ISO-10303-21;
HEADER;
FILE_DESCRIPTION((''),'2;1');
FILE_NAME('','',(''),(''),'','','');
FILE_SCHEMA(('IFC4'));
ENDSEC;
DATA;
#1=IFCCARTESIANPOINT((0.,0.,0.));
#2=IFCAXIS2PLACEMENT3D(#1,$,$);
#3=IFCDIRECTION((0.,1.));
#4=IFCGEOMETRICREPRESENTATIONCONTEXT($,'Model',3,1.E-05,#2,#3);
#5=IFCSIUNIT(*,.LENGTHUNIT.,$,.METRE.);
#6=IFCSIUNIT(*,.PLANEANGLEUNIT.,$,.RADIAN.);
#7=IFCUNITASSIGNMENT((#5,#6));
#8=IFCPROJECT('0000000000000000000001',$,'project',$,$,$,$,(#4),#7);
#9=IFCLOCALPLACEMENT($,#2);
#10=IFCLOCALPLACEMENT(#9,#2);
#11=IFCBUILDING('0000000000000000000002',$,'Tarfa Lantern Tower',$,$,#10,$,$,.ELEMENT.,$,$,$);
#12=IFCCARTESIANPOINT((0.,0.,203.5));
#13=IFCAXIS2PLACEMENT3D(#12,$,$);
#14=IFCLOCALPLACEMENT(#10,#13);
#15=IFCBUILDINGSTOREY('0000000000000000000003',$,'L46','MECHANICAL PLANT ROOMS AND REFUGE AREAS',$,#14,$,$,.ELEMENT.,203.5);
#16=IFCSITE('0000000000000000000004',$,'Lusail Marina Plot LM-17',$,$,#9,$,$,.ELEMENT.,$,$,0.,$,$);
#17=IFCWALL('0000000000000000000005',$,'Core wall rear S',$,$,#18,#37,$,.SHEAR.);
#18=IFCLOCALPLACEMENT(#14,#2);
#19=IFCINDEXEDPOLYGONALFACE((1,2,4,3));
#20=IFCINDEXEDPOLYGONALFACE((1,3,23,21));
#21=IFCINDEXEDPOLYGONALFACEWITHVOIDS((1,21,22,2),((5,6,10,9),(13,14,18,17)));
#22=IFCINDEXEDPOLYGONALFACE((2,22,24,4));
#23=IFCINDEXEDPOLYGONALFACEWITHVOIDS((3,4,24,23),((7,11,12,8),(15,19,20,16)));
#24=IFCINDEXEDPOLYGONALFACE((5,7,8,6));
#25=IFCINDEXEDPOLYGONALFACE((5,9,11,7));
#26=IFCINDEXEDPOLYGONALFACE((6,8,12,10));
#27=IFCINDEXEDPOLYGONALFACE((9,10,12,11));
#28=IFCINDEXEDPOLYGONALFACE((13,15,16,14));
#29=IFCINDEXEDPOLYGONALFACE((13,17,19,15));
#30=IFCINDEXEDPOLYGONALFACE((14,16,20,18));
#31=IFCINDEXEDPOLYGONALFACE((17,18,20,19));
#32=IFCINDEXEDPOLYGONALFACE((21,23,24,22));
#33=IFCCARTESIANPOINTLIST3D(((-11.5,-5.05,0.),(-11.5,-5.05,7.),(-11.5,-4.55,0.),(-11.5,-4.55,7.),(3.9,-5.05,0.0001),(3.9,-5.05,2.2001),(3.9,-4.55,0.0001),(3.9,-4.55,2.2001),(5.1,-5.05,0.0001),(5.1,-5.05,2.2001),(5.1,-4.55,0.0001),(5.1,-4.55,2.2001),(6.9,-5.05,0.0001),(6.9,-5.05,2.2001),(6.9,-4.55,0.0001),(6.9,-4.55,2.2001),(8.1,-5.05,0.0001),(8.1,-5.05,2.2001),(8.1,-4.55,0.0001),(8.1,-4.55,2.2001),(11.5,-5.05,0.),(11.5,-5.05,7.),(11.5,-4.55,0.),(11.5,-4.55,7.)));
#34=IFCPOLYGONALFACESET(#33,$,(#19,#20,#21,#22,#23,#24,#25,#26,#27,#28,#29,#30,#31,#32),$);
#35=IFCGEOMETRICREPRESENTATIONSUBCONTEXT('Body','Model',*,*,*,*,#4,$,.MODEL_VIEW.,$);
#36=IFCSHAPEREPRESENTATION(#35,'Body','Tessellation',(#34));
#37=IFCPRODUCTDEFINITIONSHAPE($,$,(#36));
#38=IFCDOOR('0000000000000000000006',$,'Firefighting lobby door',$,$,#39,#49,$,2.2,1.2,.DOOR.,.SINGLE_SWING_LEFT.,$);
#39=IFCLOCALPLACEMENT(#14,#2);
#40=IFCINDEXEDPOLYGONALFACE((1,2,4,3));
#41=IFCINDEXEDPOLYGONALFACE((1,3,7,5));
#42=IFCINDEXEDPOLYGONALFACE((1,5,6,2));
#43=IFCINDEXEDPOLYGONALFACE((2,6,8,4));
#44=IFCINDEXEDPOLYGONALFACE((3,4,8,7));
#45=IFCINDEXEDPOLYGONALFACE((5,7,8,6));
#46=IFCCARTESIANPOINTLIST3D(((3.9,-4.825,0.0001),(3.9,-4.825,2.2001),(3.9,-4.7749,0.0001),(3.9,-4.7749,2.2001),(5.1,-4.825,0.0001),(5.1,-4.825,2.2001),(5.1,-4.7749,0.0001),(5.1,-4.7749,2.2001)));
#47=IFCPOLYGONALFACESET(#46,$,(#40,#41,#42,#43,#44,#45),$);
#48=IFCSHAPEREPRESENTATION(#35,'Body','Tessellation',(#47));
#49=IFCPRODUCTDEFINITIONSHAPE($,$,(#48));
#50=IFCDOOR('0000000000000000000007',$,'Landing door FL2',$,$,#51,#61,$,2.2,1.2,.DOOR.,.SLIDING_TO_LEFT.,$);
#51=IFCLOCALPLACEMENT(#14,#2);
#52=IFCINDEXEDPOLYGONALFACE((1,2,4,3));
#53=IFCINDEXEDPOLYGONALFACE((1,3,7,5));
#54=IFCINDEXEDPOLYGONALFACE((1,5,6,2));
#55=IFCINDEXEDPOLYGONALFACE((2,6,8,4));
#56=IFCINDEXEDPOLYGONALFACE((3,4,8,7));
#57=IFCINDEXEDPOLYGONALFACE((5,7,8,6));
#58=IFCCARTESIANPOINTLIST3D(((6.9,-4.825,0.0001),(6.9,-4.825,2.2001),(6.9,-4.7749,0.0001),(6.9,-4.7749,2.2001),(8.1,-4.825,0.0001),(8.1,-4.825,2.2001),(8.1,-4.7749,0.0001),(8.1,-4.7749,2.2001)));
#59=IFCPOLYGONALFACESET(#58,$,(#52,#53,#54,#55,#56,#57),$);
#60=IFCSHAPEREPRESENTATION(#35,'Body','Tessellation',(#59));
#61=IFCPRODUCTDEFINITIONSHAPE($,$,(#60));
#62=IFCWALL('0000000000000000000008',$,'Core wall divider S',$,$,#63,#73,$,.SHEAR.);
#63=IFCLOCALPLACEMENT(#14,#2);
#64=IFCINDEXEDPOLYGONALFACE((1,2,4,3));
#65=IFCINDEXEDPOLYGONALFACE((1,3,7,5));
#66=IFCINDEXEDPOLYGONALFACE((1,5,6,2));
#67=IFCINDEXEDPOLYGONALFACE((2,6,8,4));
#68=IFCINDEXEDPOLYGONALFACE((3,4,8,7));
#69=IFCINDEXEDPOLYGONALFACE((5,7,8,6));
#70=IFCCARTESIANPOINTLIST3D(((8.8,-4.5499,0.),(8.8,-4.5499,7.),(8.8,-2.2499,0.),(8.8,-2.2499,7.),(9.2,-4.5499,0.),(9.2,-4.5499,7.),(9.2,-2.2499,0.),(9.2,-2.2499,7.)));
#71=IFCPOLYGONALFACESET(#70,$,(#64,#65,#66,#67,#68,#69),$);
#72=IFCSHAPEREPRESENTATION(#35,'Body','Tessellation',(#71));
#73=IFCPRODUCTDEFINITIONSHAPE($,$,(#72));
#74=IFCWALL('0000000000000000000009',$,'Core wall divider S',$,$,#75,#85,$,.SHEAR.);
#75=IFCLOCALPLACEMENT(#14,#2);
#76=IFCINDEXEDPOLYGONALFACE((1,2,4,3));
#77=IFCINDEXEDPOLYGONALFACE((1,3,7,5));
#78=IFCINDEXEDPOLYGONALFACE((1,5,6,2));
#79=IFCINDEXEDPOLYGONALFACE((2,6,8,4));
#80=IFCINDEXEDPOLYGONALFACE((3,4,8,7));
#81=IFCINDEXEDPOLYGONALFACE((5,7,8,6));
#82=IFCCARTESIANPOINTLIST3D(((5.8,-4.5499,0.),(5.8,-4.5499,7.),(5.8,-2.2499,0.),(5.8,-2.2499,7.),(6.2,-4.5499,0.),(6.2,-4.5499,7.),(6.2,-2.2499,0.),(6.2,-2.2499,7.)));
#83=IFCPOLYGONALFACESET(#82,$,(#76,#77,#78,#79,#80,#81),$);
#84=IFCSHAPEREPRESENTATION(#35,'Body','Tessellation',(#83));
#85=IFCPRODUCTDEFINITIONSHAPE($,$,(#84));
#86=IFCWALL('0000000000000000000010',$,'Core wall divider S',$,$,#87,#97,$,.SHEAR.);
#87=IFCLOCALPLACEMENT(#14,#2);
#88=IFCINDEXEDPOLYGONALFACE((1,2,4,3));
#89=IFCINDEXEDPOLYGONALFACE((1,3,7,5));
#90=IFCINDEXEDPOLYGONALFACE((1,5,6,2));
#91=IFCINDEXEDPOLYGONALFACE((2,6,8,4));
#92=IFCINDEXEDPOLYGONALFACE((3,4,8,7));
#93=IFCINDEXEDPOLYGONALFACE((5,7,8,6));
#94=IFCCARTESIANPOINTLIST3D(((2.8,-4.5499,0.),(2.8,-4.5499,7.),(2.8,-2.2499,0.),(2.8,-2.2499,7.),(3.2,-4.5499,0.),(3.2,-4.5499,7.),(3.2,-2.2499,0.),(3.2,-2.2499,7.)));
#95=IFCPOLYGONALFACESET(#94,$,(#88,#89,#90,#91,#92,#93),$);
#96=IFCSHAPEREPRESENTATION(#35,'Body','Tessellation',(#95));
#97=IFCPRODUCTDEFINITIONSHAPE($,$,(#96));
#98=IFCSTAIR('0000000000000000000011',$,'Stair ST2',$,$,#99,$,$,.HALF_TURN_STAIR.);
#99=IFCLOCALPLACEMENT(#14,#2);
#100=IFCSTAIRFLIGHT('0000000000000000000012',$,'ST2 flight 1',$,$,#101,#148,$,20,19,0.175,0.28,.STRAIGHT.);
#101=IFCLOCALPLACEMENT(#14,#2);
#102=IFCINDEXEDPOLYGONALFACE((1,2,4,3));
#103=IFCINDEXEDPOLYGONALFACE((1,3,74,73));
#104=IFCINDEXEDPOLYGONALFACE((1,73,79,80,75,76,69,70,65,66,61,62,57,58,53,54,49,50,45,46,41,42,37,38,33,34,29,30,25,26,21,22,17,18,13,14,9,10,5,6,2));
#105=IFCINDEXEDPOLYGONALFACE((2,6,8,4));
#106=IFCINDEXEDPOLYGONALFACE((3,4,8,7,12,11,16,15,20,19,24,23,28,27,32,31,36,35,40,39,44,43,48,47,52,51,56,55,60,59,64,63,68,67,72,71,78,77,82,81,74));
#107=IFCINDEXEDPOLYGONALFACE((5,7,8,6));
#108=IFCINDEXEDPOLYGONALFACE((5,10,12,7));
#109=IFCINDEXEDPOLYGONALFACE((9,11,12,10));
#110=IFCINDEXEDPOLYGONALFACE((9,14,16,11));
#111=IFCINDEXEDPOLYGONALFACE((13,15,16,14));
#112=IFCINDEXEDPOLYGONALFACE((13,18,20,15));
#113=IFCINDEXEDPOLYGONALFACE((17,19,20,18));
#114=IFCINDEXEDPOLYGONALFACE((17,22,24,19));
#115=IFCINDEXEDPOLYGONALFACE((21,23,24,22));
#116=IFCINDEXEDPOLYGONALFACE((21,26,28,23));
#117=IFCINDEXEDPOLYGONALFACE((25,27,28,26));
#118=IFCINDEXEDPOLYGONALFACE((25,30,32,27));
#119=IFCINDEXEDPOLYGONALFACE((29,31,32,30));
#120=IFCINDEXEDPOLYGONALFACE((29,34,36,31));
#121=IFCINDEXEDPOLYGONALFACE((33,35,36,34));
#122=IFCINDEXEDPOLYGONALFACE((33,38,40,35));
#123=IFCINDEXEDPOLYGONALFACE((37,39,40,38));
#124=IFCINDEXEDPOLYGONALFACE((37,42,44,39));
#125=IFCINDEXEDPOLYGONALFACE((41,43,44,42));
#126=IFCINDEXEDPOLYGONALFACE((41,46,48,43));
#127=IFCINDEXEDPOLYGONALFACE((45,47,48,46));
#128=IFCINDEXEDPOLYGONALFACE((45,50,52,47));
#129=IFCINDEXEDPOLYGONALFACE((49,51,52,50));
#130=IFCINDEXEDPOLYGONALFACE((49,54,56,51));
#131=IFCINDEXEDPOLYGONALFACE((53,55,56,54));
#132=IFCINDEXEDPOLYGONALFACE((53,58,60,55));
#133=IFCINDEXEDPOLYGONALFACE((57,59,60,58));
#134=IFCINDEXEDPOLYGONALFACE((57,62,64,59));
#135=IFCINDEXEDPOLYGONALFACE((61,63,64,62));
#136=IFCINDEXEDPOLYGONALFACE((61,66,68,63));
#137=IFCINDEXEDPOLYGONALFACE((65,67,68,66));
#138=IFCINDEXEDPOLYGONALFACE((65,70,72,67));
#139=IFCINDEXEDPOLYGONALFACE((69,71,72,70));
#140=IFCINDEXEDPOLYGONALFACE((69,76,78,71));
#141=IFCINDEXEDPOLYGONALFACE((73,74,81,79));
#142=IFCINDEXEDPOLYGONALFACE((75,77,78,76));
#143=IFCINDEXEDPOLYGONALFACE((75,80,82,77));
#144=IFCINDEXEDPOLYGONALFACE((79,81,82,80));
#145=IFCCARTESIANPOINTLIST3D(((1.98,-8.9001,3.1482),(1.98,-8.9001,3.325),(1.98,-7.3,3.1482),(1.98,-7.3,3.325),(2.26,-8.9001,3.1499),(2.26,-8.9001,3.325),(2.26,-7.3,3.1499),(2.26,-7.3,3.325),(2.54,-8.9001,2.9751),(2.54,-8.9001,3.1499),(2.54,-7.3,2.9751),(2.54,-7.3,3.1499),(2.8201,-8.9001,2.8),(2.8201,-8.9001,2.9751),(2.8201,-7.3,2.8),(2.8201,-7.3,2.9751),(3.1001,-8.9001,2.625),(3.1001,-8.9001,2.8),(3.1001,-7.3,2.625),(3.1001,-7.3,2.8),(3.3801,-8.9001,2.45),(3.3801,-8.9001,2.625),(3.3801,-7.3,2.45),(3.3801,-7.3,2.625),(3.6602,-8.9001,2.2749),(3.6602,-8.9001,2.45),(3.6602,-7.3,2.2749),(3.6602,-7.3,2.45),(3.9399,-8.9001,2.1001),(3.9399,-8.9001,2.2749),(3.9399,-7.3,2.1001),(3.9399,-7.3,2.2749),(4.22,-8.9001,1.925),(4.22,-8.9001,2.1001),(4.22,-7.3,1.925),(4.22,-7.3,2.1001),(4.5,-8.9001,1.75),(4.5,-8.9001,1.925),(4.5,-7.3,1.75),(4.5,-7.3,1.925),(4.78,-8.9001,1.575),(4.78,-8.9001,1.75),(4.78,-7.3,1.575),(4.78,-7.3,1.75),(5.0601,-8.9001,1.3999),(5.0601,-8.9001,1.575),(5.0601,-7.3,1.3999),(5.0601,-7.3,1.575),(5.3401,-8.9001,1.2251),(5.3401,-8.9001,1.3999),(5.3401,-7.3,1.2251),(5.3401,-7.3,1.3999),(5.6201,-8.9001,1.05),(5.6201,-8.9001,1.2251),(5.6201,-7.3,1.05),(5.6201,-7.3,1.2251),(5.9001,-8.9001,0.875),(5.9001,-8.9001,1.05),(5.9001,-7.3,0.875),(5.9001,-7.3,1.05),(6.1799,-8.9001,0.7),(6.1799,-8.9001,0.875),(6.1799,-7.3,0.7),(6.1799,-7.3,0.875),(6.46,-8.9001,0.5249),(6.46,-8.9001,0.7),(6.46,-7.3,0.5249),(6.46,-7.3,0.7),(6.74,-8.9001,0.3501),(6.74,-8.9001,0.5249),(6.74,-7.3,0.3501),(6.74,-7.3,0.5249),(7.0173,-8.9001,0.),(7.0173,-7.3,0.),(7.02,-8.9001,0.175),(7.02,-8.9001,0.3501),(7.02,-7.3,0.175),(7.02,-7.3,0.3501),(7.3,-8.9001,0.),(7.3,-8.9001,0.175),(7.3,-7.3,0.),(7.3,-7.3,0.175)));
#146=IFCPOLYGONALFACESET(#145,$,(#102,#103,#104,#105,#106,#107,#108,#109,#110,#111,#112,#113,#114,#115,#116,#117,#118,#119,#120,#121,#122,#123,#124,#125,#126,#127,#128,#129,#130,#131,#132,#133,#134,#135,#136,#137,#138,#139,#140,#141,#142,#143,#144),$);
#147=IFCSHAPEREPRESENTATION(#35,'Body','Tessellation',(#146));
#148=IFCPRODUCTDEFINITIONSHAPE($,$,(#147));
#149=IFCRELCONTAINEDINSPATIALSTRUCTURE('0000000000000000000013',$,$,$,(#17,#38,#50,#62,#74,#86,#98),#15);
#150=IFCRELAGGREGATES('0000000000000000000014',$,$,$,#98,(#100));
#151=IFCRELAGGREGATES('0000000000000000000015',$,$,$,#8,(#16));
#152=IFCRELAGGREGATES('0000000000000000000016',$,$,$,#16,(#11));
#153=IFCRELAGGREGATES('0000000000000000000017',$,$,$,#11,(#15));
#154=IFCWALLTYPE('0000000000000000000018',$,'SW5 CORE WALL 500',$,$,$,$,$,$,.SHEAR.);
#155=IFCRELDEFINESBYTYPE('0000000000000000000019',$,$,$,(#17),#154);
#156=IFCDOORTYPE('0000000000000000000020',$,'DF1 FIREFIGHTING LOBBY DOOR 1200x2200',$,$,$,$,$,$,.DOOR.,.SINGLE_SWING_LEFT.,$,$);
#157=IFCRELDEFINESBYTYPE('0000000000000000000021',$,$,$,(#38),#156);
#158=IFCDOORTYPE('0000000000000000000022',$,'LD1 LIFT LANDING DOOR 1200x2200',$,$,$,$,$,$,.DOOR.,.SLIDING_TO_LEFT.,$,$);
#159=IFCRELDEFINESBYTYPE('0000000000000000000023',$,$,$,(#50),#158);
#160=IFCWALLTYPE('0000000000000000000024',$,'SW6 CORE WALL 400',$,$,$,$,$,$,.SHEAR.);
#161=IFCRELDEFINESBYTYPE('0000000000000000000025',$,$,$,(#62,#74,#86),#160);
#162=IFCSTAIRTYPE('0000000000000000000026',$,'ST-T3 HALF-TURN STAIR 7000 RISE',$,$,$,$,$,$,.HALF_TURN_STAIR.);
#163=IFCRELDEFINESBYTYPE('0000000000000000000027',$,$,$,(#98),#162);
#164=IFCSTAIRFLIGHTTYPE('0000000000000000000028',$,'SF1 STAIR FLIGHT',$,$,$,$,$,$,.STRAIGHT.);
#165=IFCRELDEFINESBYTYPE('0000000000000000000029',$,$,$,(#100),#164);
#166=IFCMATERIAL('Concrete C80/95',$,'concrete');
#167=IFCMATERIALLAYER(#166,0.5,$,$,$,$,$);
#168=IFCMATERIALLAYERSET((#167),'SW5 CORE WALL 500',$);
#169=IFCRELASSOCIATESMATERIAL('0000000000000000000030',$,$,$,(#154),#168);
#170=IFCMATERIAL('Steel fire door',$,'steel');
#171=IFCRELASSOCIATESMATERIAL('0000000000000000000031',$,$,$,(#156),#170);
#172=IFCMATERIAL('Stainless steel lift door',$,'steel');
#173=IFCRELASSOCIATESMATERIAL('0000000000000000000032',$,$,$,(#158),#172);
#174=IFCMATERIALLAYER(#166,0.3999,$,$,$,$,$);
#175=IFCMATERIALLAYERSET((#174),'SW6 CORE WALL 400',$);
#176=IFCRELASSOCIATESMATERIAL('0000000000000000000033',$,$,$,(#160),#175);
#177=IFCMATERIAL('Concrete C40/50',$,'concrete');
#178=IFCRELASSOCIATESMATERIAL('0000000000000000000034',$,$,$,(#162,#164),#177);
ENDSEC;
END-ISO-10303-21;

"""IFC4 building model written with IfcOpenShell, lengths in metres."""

from ifc_helpers import new_model, si_unit, direction, frame, frame_2d, origin, place, context, subcontext, project, spatial, polyline, rectangle, outline, extrude, material, layer, layer_set, type_object, element, fill, aggregate, save


model = new_model("IFC4")

# Units and contexts
model_context = context("Model", 3, precision=1e-05, world=origin(), true_north=direction((0.0, 1.0)))
body_context = subcontext(model_context, "Body", "Model", "MODEL_VIEW")
ifc_project = project(units=[si_unit("LENGTHUNIT", "METRE"), si_unit("PLANEANGLEUNIT", "RADIAN")], contexts=[model_context])

# Site, building, storey
site_placement = place(None, origin())
site = spatial("IfcSite", under=ifc_project, at=site_placement, Name="Lusail Marina Plot LM-17", CompositionType="ELEMENT", RefElevation=0.0)
building_placement = place(site_placement, origin())
building = spatial("IfcBuilding", under=site, at=building_placement, Name="Tarfa Lantern Tower", CompositionType="ELEMENT")
storey_placement = place(building_placement, frame((0.0, 0.0, 203.5)))
storey = spatial("IfcBuildingStorey", under=building, at=storey_placement, Name="L46", Description="MECHANICAL PLANT ROOMS AND REFUGE AREAS", CompositionType="ELEMENT", Elevation=203.5)

# Shared definitions
ifc_material_1 = material(Name="Concrete C80/95", Category="concrete")

# Shared definitions
ifc_material_2 = material(Name="Steel fire door", Category="steel")

# Shared definitions
ifc_layer_1 = layer(ifc_material_1, 0.5)
ifc_layer_set_1 = layer_set([ifc_layer_1], Name="SW5 CORE WALL 500")
wall_type_1 = type_object("IfcWallType", Name="SW5 CORE WALL 500", PredefinedType="SHEAR", material=ifc_layer_set_1)

# Wall, openings, doors
wall_1_placement = place(storey_placement, frame((11.5, -4.8, 0.0), z_axis=(0.0, 0.0, 1.0), x_axis=(-1.0, 0.0, 0.0)))
wall_1 = element("IfcWall", 1, at=wall_1_placement, inside=storey, type_object=wall_type_1, Name="Core wall rear S", PredefinedType="SHEAR", context=body_context, shape_type="SweptSolid", body=[
    extrude(rectangle(XDim=23.0, YDim=0.5, at=frame_2d((11.5, 0.0))), origin(), (0.0, 0.0, 1.0), 7.0),
])
opening_1_placement = place(wall_1_placement, frame((6.3999, 0.0, 0.0)))
opening_1 = element("IfcOpeningElement", 2, at=opening_1_placement, cuts=wall_1, PredefinedType="OPENING", context=body_context, shape_type="SweptSolid", body=[
    extrude(rectangle(XDim=1.2, YDim=2.2, at=frame_2d((0.6001, 1.1001))), frame((0.0, 0.26, 0.0), z_axis=(0.0, -1.0, 0.0), x_axis=(1.0, 0.0, 0.0)), (0.0, 0.0, 1.0), 0.52),
])
opening_2_placement = place(wall_1_placement, frame((3.3999, 0.0, 0.0)))
opening_2 = element("IfcOpeningElement", 3, at=opening_2_placement, cuts=wall_1, PredefinedType="OPENING", context=body_context, shape_type="SweptSolid", body=[
    extrude(rectangle(XDim=1.2, YDim=2.2, at=frame_2d((0.6001, 1.1001))), frame((0.0, 0.26, 0.0), z_axis=(0.0, -1.0, 0.0), x_axis=(1.0, 0.0, 0.0)), (0.0, 0.0, 1.0), 0.52),
])
door_type_1 = type_object("IfcDoorType", Name="DF1 FIREFIGHTING LOBBY DOOR 1200x2200", OperationType="SINGLE_SWING_LEFT", PredefinedType="DOOR", material=ifc_material_2)
door_1_placement = place(opening_1_placement, origin())
door_1 = element("IfcDoor", 4, at=door_1_placement, inside=storey, type_object=door_type_1, Name="Firefighting lobby door", OperationType="SINGLE_SWING_LEFT", OverallHeight=2.2, OverallWidth=1.2, PredefinedType="DOOR", context=body_context, shape_type="SweptSolid", body=[
    extrude(rectangle(XDim=1.2, YDim=2.2, at=frame_2d((0.6001, 1.1001))), frame((0.0, 0.0249, 0.0), z_axis=(0.0, -1.0, 0.0), x_axis=(1.0, 0.0, 0.0)), (0.0, 0.0, 1.0), 0.05),
])
fill(opening_1, door_1)
ifc_material_3 = material(Name="Stainless steel lift door", Category="steel")
door_type_2 = type_object("IfcDoorType", Name="LD1 LIFT LANDING DOOR 1200x2200", OperationType="SLIDING_TO_LEFT", PredefinedType="DOOR", material=ifc_material_3)
door_2_placement = place(opening_2_placement, origin())
door_2 = element("IfcDoor", 5, at=door_2_placement, inside=storey, type_object=door_type_2, Name="Landing door FL2", OperationType="SLIDING_TO_LEFT", OverallHeight=2.2, OverallWidth=1.2, PredefinedType="DOOR", context=body_context, shape_type="SweptSolid", body=[
    extrude(rectangle(XDim=1.2, YDim=2.2, at=frame_2d((0.6001, 1.1001))), frame((0.0, 0.0249, 0.0), z_axis=(0.0, -1.0, 0.0), x_axis=(1.0, 0.0, 0.0)), (0.0, 0.0, 1.0), 0.05),
])
fill(opening_2, door_2)

# Walls
ifc_layer_2 = layer(ifc_material_1, 0.3999)
ifc_layer_set_2 = layer_set([ifc_layer_2], Name="SW6 CORE WALL 400")
wall_type_2 = type_object("IfcWallType", Name="SW6 CORE WALL 400", PredefinedType="SHEAR", material=ifc_layer_set_2)
for number, where, z_axis, x_axis, name in (
    (6, (9.0, -2.25, 0.0), (0.0, 0.0, 1.0), (0.0, -1.0, 0.0), "Core wall divider S"),
    (7, (6.0, -2.25, 0.0), (0.0, 0.0, 1.0), (0.0, -1.0, 0.0), "Core wall divider S"),
    (8, (3.0, -2.25, 0.0), (0.0, 0.0, 1.0), (0.0, -1.0, 0.0), "Core wall divider S"),
):
    element("IfcWall", number, at=place(storey_placement, frame(where, z_axis=z_axis, x_axis=x_axis)), inside=storey, type_object=wall_type_2, Name=name, PredefinedType="SHEAR", context=body_context, shape_type="SweptSolid", body=[
        extrude(rectangle(XDim=2.3, YDim=0.3999, at=frame_2d((1.1499, 0.0))), origin(), (0.0, 0.0, 1.0), 7.0),
    ])

# Stair, stair flight
ifc_material_4 = material(Name="Concrete C40/50", Category="concrete")
stair_type = type_object("IfcStairType", Name="ST-T3 HALF-TURN STAIR 7000 RISE", PredefinedType="HALF_TURN_STAIR", material=ifc_material_4)
stair_placement = place(storey_placement, origin())
stair = element("IfcStair", 9, at=stair_placement, inside=storey, type_object=stair_type, Name="Stair ST2", PredefinedType="HALF_TURN_STAIR")
stair_flight_type = type_object("IfcStairFlightType", Name="SF1 STAIR FLIGHT", PredefinedType="STRAIGHT", material=ifc_material_4)
stair_flight_placement = place(storey_placement, frame((7.3, -8.1001, 0.0), z_axis=(0.0, 0.0, 1.0), x_axis=(-1.0, 0.0, 0.0)))
stair_flight = element("IfcStairFlight", 10, at=stair_flight_placement, type_object=stair_flight_type, Name="ST2 flight 1", NumberOfRisers=20, NumberOfTreads=19, PredefinedType="STRAIGHT", RiserHeight=0.175, TreadLength=0.28, context=body_context, shape_type="SweptSolid", body=[
    extrude(outline(polyline([(0.0, 0.0), (0.0, 0.175), (0.28, 0.175), (0.28, 0.3501), (0.5601, 0.3501), (0.5601, 0.5249), (0.8401, 0.5249), (0.8401, 0.7), (1.1201, 0.7), (1.1201, 0.875), (1.3999, 0.875), (1.3999, 1.05), (1.6799, 1.05), (1.6799, 1.2251), (1.96, 1.2251), (1.96, 1.3999), (2.24, 1.3999), (2.24, 1.575), (2.52, 1.575), (2.52, 1.75), (2.8, 1.75), (2.8, 1.925), (3.0801, 1.925), (3.0801, 2.1001), (3.3601, 2.1001), (3.3601, 2.2749), (3.6399, 2.2749), (3.6399, 2.45), (3.9199, 2.45), (3.9199, 2.625), (4.2, 2.625), (4.2, 2.8), (4.48, 2.8), (4.48, 2.9751), (4.76, 2.9751), (4.76, 3.1499), (5.04, 3.1499), (5.04, 3.325), (5.3201, 3.325), (5.3201, 3.5), (5.3201, 3.1482), (0.2827, 0.0), (0.0, 0.0)])), frame((0.0, 0.8, 0.0), z_axis=(0.0, -1.0, 0.0), x_axis=(1.0, 0.0, 0.0)), (0.0, 0.0, 1.0), 1.6001),
])
aggregate(stair, [stair_flight])

save(model, "model.ifc")
